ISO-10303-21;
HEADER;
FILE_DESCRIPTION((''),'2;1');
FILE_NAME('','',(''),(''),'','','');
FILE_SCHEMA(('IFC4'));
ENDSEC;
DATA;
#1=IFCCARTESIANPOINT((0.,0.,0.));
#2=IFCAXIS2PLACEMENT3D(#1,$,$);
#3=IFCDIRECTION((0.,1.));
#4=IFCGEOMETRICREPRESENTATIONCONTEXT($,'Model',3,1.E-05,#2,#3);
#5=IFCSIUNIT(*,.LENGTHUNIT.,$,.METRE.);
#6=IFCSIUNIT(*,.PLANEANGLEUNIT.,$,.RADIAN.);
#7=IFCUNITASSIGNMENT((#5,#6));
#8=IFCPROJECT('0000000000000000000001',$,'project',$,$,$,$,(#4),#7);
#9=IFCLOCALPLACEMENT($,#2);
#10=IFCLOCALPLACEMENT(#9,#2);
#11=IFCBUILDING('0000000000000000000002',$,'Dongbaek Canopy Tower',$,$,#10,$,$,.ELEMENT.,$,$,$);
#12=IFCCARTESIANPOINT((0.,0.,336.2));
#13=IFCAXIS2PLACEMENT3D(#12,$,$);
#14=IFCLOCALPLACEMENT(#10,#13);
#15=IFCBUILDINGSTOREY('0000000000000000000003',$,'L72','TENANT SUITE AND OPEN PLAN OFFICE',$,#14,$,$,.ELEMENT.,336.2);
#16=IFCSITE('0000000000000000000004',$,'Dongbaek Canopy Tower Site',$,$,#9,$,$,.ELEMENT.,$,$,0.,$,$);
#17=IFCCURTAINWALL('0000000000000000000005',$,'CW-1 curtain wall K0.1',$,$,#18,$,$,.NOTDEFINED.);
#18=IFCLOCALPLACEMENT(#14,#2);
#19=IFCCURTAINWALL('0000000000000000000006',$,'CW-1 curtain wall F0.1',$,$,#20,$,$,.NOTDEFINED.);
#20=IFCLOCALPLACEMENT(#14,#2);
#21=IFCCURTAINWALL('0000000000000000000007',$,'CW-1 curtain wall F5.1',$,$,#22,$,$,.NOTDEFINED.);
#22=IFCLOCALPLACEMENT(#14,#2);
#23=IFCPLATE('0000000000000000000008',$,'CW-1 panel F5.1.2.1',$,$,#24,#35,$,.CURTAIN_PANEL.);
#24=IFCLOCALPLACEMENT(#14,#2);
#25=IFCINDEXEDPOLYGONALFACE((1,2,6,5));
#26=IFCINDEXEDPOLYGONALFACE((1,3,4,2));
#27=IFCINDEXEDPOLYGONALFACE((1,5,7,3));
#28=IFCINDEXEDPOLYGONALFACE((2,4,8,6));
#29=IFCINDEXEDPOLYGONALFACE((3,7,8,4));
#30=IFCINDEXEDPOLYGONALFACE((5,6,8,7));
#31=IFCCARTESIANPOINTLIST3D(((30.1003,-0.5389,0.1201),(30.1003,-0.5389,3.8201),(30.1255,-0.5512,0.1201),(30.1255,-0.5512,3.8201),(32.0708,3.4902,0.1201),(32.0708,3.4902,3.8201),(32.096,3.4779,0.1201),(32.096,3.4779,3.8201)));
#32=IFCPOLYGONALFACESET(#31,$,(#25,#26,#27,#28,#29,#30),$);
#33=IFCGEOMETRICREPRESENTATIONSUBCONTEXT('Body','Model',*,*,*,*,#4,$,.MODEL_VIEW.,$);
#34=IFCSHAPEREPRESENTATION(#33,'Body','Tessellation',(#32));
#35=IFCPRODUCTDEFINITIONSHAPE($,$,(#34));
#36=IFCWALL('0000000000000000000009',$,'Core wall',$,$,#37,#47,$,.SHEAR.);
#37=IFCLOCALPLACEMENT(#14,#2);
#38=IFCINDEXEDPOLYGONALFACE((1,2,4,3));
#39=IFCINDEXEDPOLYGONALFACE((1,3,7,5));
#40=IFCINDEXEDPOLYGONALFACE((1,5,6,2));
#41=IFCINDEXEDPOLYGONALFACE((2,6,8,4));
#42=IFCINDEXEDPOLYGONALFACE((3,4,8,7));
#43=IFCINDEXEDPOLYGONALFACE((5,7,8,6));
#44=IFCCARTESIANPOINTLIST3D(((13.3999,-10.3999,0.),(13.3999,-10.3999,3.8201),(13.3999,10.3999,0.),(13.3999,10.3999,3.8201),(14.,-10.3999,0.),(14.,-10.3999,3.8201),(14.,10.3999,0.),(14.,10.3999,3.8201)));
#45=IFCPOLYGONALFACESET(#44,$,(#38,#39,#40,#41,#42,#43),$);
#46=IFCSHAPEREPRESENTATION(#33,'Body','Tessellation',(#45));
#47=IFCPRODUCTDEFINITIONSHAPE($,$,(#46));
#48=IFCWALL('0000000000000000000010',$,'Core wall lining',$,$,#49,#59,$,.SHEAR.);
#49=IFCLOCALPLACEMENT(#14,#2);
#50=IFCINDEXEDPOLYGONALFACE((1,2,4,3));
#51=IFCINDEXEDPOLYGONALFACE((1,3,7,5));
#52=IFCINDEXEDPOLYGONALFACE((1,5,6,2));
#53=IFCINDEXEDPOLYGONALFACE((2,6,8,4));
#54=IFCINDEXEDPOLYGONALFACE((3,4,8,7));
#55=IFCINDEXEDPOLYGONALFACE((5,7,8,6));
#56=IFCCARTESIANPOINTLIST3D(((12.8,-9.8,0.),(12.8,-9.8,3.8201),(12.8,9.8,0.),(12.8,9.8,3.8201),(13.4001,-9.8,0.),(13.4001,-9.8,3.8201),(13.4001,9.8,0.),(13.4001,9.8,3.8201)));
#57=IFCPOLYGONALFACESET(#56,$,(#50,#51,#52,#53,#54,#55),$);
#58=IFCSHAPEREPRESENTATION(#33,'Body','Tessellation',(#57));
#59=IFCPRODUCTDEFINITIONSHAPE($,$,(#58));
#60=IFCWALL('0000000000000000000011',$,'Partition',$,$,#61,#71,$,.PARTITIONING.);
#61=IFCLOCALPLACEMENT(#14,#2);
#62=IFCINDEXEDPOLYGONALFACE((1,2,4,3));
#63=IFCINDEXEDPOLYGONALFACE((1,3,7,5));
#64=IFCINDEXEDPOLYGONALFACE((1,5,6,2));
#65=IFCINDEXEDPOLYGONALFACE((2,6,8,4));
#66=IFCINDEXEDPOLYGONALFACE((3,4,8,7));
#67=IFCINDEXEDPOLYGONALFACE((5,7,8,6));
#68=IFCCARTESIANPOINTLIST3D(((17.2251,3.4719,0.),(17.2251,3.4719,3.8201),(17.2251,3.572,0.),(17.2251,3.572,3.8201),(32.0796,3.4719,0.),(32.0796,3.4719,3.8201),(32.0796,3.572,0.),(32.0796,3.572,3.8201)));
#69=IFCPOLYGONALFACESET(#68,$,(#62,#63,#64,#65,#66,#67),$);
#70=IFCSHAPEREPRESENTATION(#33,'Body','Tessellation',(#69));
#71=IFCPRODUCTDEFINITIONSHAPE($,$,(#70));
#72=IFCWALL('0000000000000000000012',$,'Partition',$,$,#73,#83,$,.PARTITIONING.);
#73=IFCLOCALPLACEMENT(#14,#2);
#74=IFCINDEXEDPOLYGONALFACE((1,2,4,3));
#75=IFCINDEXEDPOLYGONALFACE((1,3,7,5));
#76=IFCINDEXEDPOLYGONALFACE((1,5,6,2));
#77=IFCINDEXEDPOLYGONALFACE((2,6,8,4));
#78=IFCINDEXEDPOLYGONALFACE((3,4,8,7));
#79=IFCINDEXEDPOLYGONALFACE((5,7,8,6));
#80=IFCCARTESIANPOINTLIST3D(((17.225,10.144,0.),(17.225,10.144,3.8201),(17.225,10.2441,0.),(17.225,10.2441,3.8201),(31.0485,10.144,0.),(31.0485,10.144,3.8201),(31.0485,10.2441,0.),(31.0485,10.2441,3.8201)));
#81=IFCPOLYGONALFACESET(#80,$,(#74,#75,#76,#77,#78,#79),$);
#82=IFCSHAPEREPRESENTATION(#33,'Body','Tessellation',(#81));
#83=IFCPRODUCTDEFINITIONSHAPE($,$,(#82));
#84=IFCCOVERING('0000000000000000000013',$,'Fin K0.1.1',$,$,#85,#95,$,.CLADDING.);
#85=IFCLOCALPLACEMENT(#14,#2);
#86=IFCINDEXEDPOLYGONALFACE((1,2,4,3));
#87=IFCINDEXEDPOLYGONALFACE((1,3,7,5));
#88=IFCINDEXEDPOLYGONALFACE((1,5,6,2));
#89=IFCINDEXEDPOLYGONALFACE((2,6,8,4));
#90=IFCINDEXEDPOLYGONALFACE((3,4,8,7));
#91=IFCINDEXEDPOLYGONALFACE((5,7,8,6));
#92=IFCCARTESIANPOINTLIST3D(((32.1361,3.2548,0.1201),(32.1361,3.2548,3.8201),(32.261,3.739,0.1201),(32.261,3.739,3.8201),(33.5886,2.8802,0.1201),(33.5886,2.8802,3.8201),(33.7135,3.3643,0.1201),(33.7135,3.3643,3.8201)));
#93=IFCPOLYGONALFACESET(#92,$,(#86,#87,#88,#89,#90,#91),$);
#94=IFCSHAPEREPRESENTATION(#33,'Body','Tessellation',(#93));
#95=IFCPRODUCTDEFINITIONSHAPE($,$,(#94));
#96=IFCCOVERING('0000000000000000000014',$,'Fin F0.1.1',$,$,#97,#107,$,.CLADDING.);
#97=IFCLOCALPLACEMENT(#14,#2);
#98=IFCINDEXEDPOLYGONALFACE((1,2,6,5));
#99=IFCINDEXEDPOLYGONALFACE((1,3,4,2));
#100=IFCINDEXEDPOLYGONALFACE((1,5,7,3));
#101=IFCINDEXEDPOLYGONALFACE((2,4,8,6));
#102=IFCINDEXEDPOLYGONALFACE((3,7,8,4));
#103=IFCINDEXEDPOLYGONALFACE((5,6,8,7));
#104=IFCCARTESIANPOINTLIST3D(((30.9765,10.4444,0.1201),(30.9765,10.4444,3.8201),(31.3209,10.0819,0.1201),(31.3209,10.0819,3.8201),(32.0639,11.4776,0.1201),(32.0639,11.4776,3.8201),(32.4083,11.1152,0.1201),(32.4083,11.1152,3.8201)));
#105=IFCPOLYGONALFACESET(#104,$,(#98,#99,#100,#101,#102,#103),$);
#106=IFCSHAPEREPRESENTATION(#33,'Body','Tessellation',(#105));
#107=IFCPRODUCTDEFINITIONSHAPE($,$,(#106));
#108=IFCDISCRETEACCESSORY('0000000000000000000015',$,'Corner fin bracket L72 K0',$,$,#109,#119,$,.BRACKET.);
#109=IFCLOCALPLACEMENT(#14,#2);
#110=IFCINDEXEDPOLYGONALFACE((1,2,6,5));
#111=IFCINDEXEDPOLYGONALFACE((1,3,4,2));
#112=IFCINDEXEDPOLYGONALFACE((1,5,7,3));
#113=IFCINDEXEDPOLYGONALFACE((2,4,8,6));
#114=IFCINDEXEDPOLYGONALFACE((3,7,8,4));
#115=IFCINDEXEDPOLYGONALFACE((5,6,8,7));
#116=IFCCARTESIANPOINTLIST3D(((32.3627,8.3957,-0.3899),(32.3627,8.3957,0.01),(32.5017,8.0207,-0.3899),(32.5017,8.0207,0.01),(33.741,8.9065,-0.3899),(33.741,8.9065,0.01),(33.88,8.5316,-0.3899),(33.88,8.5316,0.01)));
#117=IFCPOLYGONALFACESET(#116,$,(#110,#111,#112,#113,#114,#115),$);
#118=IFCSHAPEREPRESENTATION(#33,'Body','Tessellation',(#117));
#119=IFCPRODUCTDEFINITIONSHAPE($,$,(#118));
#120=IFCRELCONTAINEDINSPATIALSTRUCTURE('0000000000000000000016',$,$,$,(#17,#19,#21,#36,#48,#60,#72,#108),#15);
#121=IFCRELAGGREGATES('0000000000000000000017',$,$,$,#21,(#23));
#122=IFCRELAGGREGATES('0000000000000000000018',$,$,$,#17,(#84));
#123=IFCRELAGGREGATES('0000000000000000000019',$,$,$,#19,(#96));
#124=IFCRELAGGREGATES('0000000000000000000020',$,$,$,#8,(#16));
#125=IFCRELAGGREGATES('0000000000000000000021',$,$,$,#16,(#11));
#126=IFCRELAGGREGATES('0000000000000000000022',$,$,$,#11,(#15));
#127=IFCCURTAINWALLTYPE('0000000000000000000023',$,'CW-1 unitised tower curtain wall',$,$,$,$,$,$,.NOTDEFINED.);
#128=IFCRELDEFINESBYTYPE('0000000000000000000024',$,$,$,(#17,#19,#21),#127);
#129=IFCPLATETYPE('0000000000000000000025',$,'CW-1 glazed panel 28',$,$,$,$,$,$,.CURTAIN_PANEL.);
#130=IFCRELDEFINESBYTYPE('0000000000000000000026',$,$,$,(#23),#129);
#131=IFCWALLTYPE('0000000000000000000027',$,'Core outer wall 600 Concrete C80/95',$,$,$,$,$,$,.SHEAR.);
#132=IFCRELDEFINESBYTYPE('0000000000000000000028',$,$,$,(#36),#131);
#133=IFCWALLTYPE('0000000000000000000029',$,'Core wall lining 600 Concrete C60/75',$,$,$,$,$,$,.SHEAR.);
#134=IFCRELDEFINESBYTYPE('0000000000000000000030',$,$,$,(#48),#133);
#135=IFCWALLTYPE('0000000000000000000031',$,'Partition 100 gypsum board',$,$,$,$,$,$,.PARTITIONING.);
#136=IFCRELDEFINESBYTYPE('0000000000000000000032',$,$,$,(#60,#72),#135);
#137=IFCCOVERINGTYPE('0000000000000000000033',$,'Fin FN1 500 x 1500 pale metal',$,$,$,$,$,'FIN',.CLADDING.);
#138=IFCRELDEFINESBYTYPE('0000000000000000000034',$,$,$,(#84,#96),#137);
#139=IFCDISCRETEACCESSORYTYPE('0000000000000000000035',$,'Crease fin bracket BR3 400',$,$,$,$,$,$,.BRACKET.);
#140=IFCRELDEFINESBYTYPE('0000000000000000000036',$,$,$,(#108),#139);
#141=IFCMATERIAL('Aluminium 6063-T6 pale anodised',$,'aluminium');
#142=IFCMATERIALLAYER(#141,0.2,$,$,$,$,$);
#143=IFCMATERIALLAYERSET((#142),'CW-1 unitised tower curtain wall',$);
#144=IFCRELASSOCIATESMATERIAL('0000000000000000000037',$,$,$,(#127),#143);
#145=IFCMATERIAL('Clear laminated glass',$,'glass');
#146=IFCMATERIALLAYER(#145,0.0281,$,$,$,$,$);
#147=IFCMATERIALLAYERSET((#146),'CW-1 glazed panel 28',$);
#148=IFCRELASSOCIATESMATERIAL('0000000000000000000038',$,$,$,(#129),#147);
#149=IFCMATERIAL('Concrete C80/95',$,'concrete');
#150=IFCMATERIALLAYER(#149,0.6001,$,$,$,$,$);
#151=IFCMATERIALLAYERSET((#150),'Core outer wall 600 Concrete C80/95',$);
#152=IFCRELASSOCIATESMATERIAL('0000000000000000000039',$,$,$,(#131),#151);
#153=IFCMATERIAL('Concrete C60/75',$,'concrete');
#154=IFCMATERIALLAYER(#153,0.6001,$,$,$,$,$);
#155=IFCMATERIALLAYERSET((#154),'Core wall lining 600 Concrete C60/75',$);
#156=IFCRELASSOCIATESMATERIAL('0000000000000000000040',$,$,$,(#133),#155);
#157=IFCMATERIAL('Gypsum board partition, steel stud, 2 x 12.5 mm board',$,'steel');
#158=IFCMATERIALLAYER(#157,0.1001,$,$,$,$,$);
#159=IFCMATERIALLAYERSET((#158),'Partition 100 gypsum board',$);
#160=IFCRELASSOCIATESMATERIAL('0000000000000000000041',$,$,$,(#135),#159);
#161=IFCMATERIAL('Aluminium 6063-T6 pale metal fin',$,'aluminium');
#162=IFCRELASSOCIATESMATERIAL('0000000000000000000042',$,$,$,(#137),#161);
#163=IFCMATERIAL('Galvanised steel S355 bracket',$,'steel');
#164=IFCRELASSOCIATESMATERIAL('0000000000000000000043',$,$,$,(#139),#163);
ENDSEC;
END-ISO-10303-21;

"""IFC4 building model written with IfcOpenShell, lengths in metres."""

from ifc_helpers import new_model, si_unit, direction, frame, frame_2d, origin, origin_2d, place, context, subcontext, project, spatial, rectangle, extrude, material, layer, layer_set, material_profile, profile_set, type_object, element, aggregate, save


model = new_model("IFC4")

# Units and contexts
model_context = context("Model", 3, precision=1e-05, world=origin(), true_north=direction((0.0, 1.0)))
body_context = subcontext(model_context, "Body", "Model", "MODEL_VIEW")
ifc_project = project(units=[si_unit("LENGTHUNIT", "METRE"), si_unit("PLANEANGLEUNIT", "RADIAN")], contexts=[model_context])

# Site, building, storey
site_placement = place(None, origin())
site = spatial("IfcSite", under=ifc_project, at=site_placement, Name="Dongbaek Canopy Tower Site", CompositionType="ELEMENT", RefElevation=0.0)
building_placement = place(site_placement, origin())
building = spatial("IfcBuilding", under=site, at=building_placement, Name="Dongbaek Canopy Tower", CompositionType="ELEMENT")
storey_placement = place(building_placement, frame((0.0, 0.0, 336.2)))
storey = spatial("IfcBuildingStorey", under=building, at=storey_placement, Name="L72", Description="TENANT SUITE AND OPEN PLAN OFFICE", CompositionType="ELEMENT", Elevation=336.2)

# Curtain walls
ifc_material_1 = material(Name="Aluminium 6063-T6 pale anodised", Category="aluminium")
ifc_layer_1 = layer(ifc_material_1, 0.2)
ifc_layer_set_1 = layer_set([ifc_layer_1], Name="CW-1 unitised tower curtain wall")
curtain_wall_type = type_object("IfcCurtainWallType", Name="CW-1 unitised tower curtain wall", PredefinedType="NOTDEFINED", material=ifc_layer_set_1)
curtain_wall_1_placement = place(storey_placement, origin())
curtain_wall_1 = element("IfcCurtainWall", 1, at=curtain_wall_1_placement, inside=storey, type_object=curtain_wall_type, Name="CW-1 curtain wall K0.1", PredefinedType="NOTDEFINED")
curtain_wall_2_placement = place(storey_placement, origin())
curtain_wall_2 = element("IfcCurtainWall", 2, at=curtain_wall_2_placement, inside=storey, type_object=curtain_wall_type, Name="CW-1 curtain wall F0.1", PredefinedType="NOTDEFINED")

# Shared definitions
ifc_material_2 = material(Name="Clear laminated glass", Category="glass")
ifc_layer_2 = layer(ifc_material_2, 0.0281)
ifc_layer_set_2 = layer_set([ifc_layer_2], Name="CW-1 glazed panel 28")
plate_type = type_object("IfcPlateType", Name="CW-1 glazed panel 28", PredefinedType="CURTAIN_PANEL", material=ifc_layer_set_2)

# Curtain wall, plate
curtain_wall_3_placement = place(storey_placement, origin())
curtain_wall_3 = element("IfcCurtainWall", 3, at=curtain_wall_3_placement, inside=storey, type_object=curtain_wall_type, Name="CW-1 curtain wall F5.1", PredefinedType="NOTDEFINED")
plate_1_placement = place(storey_placement, frame((31.0981, 1.4695, 0.1201), z_axis=(0.0, 0.0, 1.0), x_axis=(0.439337, 0.898322, 0.0)))
plate_1 = element("IfcPlate", 4, at=plate_1_placement, type_object=plate_type, Name="CW-1 panel F5.1.2.1", PredefinedType="CURTAIN_PANEL", context=body_context, shape_type="SweptSolid", body=[
    extrude(rectangle(XDim=4.4851, YDim=0.0281, at=origin_2d()), origin(), (0.0, 0.0, 1.0), 3.7),
])
aggregate(curtain_wall_3, [plate_1])

# Walls
ifc_material_3 = material(Name="Concrete C80/95", Category="concrete")
ifc_layer_3 = layer(ifc_material_3, 0.6001)
ifc_layer_set_3 = layer_set([ifc_layer_3], Name="Core outer wall 600 Concrete C80/95")
wall_type_1 = type_object("IfcWallType", Name="Core outer wall 600 Concrete C80/95", PredefinedType="SHEAR", material=ifc_layer_set_3)
wall_1_placement = place(storey_placement, frame((13.7, 10.3999, 0.0), z_axis=(0.0, 0.0, 1.0), x_axis=(0.0, -1.0, 0.0)))
element("IfcWall", 5, at=wall_1_placement, inside=storey, type_object=wall_type_1, Name="Core wall", PredefinedType="SHEAR", context=body_context, shape_type="SweptSolid", body=[
    extrude(rectangle(XDim=20.7998, YDim=0.6001, at=frame_2d((10.3999, 0.0))), origin(), (0.0, 0.0, 1.0), 3.8201),
])
ifc_material_4 = material(Name="Concrete C60/75", Category="concrete")
ifc_layer_4 = layer(ifc_material_4, 0.6001)
ifc_layer_set_4 = layer_set([ifc_layer_4], Name="Core wall lining 600 Concrete C60/75")
wall_type_2 = type_object("IfcWallType", Name="Core wall lining 600 Concrete C60/75", PredefinedType="SHEAR", material=ifc_layer_set_4)
wall_2_placement = place(storey_placement, frame((13.1001, 9.8, 0.0), z_axis=(0.0, 0.0, 1.0), x_axis=(0.0, -1.0, 0.0)))
element("IfcWall", 6, at=wall_2_placement, inside=storey, type_object=wall_type_2, Name="Core wall lining", PredefinedType="SHEAR", context=body_context, shape_type="SweptSolid", body=[
    extrude(rectangle(XDim=19.6001, YDim=0.6001, at=frame_2d((9.8, 0.0))), origin(), (0.0, 0.0, 1.0), 3.8201),
])
ifc_material_5 = material(Name="Gypsum board partition, steel stud, 2 x 12.5 mm board", Category="steel")
ifc_layer_5 = layer(ifc_material_5, 0.1001)
ifc_layer_set_5 = layer_set([ifc_layer_5], Name="Partition 100 gypsum board")
wall_type_3 = type_object("IfcWallType", Name="Partition 100 gypsum board", PredefinedType="PARTITIONING", material=ifc_layer_set_5)
wall_3_placement = place(storey_placement, frame((17.2251, 3.522, 0.0), z_axis=(0.0, 0.0, 1.0), x_axis=(1.0, 0.0, 0.0)))
element("IfcWall", 7, at=wall_3_placement, inside=storey, type_object=wall_type_3, Name="Partition", PredefinedType="PARTITIONING", context=body_context, shape_type="SweptSolid", body=[
    extrude(rectangle(XDim=14.8545, YDim=0.1001, at=frame_2d((7.4272, 0.0))), origin(), (0.0, 0.0, 1.0), 3.8201),
])
wall_4_placement = place(storey_placement, frame((17.2251, 10.1941, 0.0), z_axis=(0.0, 0.0, 1.0), x_axis=(1.0, 0.0, 0.0)))
element("IfcWall", 8, at=wall_4_placement, inside=storey, type_object=wall_type_3, Name="Partition", PredefinedType="PARTITIONING", context=body_context, shape_type="SweptSolid", body=[
    extrude(rectangle(XDim=13.8235, YDim=0.1001, at=frame_2d((6.9116, 0.0))), origin(), (0.0, 0.0, 1.0), 3.8201),
])

# Coverings
ifc_material_6 = material(Name="Aluminium 6063-T6 pale metal fin", Category="aluminium")
ifc_material_profile_1 = material_profile(ifc_material_6, rectangle(XDim=1.5, YDim=0.5, at=origin_2d()), Name="Fin FN1 500 x 1500 pale metal")
ifc_profile_set_1 = profile_set([ifc_material_profile_1], Name="Aluminium 6063-T6 pale metal fin")
covering_type = type_object("IfcCoveringType", Name="Fin FN1 500 x 1500 pale metal", ElementType="FIN", PredefinedType="CLADDING", material=ifc_profile_set_1)
covering_1_placement = place(storey_placement, frame((32.9248, 3.3096, 0.1201), z_axis=(0.0, 0.0, 1.0), x_axis=(0.968314, -0.249737, 0.0)))
covering_1 = element("IfcCovering", 9, at=covering_1_placement, type_object=covering_type, Name="Fin K0.1.1", PredefinedType="CLADDING", context=body_context, shape_type="SweptSolid", body=[
    extrude(rectangle(XDim=1.5, YDim=0.5, at=origin_2d()), origin(), (0.0, 0.0, 1.0), 3.7),
])
aggregate(curtain_wall_1, [covering_1])
covering_2_placement = place(storey_placement, frame((31.6924, 10.7798, 0.1201), z_axis=(0.0, 0.0, 1.0), x_axis=(0.72494, 0.688812, 0.0)))
covering_2 = element("IfcCovering", 10, at=covering_2_placement, type_object=covering_type, Name="Fin F0.1.1", PredefinedType="CLADDING", context=body_context, shape_type="SweptSolid", body=[
    extrude(rectangle(XDim=1.5, YDim=0.5, at=origin_2d()), origin(), (0.0, 0.0, 1.0), 3.7),
])
aggregate(curtain_wall_2, [covering_2])

# Discrete accessory
ifc_material_7 = material(Name="Galvanised steel S355 bracket", Category="steel")
discrete_accessory_type = type_object("IfcDiscreteAccessoryType", Name="Crease fin bracket BR3 400", PredefinedType="BRACKET", material=ifc_material_7)
discrete_accessory_placement = place(storey_placement, frame((33.1213, 8.4636, -0.3899), z_axis=(0.0, 0.0, 1.0), x_axis=(0.937665, 0.34754, 0.0)))
element("IfcDiscreteAccessory", 11, at=discrete_accessory_placement, inside=storey, type_object=discrete_accessory_type, Name="Corner fin bracket L72 K0", PredefinedType="BRACKET", context=body_context, shape_type="SweptSolid", body=[
    extrude(rectangle(XDim=1.47, YDim=0.3999, at=origin_2d()), origin(), (0.0, 0.0, 1.0), 0.3999),
])

save(model, "model.ifc")
